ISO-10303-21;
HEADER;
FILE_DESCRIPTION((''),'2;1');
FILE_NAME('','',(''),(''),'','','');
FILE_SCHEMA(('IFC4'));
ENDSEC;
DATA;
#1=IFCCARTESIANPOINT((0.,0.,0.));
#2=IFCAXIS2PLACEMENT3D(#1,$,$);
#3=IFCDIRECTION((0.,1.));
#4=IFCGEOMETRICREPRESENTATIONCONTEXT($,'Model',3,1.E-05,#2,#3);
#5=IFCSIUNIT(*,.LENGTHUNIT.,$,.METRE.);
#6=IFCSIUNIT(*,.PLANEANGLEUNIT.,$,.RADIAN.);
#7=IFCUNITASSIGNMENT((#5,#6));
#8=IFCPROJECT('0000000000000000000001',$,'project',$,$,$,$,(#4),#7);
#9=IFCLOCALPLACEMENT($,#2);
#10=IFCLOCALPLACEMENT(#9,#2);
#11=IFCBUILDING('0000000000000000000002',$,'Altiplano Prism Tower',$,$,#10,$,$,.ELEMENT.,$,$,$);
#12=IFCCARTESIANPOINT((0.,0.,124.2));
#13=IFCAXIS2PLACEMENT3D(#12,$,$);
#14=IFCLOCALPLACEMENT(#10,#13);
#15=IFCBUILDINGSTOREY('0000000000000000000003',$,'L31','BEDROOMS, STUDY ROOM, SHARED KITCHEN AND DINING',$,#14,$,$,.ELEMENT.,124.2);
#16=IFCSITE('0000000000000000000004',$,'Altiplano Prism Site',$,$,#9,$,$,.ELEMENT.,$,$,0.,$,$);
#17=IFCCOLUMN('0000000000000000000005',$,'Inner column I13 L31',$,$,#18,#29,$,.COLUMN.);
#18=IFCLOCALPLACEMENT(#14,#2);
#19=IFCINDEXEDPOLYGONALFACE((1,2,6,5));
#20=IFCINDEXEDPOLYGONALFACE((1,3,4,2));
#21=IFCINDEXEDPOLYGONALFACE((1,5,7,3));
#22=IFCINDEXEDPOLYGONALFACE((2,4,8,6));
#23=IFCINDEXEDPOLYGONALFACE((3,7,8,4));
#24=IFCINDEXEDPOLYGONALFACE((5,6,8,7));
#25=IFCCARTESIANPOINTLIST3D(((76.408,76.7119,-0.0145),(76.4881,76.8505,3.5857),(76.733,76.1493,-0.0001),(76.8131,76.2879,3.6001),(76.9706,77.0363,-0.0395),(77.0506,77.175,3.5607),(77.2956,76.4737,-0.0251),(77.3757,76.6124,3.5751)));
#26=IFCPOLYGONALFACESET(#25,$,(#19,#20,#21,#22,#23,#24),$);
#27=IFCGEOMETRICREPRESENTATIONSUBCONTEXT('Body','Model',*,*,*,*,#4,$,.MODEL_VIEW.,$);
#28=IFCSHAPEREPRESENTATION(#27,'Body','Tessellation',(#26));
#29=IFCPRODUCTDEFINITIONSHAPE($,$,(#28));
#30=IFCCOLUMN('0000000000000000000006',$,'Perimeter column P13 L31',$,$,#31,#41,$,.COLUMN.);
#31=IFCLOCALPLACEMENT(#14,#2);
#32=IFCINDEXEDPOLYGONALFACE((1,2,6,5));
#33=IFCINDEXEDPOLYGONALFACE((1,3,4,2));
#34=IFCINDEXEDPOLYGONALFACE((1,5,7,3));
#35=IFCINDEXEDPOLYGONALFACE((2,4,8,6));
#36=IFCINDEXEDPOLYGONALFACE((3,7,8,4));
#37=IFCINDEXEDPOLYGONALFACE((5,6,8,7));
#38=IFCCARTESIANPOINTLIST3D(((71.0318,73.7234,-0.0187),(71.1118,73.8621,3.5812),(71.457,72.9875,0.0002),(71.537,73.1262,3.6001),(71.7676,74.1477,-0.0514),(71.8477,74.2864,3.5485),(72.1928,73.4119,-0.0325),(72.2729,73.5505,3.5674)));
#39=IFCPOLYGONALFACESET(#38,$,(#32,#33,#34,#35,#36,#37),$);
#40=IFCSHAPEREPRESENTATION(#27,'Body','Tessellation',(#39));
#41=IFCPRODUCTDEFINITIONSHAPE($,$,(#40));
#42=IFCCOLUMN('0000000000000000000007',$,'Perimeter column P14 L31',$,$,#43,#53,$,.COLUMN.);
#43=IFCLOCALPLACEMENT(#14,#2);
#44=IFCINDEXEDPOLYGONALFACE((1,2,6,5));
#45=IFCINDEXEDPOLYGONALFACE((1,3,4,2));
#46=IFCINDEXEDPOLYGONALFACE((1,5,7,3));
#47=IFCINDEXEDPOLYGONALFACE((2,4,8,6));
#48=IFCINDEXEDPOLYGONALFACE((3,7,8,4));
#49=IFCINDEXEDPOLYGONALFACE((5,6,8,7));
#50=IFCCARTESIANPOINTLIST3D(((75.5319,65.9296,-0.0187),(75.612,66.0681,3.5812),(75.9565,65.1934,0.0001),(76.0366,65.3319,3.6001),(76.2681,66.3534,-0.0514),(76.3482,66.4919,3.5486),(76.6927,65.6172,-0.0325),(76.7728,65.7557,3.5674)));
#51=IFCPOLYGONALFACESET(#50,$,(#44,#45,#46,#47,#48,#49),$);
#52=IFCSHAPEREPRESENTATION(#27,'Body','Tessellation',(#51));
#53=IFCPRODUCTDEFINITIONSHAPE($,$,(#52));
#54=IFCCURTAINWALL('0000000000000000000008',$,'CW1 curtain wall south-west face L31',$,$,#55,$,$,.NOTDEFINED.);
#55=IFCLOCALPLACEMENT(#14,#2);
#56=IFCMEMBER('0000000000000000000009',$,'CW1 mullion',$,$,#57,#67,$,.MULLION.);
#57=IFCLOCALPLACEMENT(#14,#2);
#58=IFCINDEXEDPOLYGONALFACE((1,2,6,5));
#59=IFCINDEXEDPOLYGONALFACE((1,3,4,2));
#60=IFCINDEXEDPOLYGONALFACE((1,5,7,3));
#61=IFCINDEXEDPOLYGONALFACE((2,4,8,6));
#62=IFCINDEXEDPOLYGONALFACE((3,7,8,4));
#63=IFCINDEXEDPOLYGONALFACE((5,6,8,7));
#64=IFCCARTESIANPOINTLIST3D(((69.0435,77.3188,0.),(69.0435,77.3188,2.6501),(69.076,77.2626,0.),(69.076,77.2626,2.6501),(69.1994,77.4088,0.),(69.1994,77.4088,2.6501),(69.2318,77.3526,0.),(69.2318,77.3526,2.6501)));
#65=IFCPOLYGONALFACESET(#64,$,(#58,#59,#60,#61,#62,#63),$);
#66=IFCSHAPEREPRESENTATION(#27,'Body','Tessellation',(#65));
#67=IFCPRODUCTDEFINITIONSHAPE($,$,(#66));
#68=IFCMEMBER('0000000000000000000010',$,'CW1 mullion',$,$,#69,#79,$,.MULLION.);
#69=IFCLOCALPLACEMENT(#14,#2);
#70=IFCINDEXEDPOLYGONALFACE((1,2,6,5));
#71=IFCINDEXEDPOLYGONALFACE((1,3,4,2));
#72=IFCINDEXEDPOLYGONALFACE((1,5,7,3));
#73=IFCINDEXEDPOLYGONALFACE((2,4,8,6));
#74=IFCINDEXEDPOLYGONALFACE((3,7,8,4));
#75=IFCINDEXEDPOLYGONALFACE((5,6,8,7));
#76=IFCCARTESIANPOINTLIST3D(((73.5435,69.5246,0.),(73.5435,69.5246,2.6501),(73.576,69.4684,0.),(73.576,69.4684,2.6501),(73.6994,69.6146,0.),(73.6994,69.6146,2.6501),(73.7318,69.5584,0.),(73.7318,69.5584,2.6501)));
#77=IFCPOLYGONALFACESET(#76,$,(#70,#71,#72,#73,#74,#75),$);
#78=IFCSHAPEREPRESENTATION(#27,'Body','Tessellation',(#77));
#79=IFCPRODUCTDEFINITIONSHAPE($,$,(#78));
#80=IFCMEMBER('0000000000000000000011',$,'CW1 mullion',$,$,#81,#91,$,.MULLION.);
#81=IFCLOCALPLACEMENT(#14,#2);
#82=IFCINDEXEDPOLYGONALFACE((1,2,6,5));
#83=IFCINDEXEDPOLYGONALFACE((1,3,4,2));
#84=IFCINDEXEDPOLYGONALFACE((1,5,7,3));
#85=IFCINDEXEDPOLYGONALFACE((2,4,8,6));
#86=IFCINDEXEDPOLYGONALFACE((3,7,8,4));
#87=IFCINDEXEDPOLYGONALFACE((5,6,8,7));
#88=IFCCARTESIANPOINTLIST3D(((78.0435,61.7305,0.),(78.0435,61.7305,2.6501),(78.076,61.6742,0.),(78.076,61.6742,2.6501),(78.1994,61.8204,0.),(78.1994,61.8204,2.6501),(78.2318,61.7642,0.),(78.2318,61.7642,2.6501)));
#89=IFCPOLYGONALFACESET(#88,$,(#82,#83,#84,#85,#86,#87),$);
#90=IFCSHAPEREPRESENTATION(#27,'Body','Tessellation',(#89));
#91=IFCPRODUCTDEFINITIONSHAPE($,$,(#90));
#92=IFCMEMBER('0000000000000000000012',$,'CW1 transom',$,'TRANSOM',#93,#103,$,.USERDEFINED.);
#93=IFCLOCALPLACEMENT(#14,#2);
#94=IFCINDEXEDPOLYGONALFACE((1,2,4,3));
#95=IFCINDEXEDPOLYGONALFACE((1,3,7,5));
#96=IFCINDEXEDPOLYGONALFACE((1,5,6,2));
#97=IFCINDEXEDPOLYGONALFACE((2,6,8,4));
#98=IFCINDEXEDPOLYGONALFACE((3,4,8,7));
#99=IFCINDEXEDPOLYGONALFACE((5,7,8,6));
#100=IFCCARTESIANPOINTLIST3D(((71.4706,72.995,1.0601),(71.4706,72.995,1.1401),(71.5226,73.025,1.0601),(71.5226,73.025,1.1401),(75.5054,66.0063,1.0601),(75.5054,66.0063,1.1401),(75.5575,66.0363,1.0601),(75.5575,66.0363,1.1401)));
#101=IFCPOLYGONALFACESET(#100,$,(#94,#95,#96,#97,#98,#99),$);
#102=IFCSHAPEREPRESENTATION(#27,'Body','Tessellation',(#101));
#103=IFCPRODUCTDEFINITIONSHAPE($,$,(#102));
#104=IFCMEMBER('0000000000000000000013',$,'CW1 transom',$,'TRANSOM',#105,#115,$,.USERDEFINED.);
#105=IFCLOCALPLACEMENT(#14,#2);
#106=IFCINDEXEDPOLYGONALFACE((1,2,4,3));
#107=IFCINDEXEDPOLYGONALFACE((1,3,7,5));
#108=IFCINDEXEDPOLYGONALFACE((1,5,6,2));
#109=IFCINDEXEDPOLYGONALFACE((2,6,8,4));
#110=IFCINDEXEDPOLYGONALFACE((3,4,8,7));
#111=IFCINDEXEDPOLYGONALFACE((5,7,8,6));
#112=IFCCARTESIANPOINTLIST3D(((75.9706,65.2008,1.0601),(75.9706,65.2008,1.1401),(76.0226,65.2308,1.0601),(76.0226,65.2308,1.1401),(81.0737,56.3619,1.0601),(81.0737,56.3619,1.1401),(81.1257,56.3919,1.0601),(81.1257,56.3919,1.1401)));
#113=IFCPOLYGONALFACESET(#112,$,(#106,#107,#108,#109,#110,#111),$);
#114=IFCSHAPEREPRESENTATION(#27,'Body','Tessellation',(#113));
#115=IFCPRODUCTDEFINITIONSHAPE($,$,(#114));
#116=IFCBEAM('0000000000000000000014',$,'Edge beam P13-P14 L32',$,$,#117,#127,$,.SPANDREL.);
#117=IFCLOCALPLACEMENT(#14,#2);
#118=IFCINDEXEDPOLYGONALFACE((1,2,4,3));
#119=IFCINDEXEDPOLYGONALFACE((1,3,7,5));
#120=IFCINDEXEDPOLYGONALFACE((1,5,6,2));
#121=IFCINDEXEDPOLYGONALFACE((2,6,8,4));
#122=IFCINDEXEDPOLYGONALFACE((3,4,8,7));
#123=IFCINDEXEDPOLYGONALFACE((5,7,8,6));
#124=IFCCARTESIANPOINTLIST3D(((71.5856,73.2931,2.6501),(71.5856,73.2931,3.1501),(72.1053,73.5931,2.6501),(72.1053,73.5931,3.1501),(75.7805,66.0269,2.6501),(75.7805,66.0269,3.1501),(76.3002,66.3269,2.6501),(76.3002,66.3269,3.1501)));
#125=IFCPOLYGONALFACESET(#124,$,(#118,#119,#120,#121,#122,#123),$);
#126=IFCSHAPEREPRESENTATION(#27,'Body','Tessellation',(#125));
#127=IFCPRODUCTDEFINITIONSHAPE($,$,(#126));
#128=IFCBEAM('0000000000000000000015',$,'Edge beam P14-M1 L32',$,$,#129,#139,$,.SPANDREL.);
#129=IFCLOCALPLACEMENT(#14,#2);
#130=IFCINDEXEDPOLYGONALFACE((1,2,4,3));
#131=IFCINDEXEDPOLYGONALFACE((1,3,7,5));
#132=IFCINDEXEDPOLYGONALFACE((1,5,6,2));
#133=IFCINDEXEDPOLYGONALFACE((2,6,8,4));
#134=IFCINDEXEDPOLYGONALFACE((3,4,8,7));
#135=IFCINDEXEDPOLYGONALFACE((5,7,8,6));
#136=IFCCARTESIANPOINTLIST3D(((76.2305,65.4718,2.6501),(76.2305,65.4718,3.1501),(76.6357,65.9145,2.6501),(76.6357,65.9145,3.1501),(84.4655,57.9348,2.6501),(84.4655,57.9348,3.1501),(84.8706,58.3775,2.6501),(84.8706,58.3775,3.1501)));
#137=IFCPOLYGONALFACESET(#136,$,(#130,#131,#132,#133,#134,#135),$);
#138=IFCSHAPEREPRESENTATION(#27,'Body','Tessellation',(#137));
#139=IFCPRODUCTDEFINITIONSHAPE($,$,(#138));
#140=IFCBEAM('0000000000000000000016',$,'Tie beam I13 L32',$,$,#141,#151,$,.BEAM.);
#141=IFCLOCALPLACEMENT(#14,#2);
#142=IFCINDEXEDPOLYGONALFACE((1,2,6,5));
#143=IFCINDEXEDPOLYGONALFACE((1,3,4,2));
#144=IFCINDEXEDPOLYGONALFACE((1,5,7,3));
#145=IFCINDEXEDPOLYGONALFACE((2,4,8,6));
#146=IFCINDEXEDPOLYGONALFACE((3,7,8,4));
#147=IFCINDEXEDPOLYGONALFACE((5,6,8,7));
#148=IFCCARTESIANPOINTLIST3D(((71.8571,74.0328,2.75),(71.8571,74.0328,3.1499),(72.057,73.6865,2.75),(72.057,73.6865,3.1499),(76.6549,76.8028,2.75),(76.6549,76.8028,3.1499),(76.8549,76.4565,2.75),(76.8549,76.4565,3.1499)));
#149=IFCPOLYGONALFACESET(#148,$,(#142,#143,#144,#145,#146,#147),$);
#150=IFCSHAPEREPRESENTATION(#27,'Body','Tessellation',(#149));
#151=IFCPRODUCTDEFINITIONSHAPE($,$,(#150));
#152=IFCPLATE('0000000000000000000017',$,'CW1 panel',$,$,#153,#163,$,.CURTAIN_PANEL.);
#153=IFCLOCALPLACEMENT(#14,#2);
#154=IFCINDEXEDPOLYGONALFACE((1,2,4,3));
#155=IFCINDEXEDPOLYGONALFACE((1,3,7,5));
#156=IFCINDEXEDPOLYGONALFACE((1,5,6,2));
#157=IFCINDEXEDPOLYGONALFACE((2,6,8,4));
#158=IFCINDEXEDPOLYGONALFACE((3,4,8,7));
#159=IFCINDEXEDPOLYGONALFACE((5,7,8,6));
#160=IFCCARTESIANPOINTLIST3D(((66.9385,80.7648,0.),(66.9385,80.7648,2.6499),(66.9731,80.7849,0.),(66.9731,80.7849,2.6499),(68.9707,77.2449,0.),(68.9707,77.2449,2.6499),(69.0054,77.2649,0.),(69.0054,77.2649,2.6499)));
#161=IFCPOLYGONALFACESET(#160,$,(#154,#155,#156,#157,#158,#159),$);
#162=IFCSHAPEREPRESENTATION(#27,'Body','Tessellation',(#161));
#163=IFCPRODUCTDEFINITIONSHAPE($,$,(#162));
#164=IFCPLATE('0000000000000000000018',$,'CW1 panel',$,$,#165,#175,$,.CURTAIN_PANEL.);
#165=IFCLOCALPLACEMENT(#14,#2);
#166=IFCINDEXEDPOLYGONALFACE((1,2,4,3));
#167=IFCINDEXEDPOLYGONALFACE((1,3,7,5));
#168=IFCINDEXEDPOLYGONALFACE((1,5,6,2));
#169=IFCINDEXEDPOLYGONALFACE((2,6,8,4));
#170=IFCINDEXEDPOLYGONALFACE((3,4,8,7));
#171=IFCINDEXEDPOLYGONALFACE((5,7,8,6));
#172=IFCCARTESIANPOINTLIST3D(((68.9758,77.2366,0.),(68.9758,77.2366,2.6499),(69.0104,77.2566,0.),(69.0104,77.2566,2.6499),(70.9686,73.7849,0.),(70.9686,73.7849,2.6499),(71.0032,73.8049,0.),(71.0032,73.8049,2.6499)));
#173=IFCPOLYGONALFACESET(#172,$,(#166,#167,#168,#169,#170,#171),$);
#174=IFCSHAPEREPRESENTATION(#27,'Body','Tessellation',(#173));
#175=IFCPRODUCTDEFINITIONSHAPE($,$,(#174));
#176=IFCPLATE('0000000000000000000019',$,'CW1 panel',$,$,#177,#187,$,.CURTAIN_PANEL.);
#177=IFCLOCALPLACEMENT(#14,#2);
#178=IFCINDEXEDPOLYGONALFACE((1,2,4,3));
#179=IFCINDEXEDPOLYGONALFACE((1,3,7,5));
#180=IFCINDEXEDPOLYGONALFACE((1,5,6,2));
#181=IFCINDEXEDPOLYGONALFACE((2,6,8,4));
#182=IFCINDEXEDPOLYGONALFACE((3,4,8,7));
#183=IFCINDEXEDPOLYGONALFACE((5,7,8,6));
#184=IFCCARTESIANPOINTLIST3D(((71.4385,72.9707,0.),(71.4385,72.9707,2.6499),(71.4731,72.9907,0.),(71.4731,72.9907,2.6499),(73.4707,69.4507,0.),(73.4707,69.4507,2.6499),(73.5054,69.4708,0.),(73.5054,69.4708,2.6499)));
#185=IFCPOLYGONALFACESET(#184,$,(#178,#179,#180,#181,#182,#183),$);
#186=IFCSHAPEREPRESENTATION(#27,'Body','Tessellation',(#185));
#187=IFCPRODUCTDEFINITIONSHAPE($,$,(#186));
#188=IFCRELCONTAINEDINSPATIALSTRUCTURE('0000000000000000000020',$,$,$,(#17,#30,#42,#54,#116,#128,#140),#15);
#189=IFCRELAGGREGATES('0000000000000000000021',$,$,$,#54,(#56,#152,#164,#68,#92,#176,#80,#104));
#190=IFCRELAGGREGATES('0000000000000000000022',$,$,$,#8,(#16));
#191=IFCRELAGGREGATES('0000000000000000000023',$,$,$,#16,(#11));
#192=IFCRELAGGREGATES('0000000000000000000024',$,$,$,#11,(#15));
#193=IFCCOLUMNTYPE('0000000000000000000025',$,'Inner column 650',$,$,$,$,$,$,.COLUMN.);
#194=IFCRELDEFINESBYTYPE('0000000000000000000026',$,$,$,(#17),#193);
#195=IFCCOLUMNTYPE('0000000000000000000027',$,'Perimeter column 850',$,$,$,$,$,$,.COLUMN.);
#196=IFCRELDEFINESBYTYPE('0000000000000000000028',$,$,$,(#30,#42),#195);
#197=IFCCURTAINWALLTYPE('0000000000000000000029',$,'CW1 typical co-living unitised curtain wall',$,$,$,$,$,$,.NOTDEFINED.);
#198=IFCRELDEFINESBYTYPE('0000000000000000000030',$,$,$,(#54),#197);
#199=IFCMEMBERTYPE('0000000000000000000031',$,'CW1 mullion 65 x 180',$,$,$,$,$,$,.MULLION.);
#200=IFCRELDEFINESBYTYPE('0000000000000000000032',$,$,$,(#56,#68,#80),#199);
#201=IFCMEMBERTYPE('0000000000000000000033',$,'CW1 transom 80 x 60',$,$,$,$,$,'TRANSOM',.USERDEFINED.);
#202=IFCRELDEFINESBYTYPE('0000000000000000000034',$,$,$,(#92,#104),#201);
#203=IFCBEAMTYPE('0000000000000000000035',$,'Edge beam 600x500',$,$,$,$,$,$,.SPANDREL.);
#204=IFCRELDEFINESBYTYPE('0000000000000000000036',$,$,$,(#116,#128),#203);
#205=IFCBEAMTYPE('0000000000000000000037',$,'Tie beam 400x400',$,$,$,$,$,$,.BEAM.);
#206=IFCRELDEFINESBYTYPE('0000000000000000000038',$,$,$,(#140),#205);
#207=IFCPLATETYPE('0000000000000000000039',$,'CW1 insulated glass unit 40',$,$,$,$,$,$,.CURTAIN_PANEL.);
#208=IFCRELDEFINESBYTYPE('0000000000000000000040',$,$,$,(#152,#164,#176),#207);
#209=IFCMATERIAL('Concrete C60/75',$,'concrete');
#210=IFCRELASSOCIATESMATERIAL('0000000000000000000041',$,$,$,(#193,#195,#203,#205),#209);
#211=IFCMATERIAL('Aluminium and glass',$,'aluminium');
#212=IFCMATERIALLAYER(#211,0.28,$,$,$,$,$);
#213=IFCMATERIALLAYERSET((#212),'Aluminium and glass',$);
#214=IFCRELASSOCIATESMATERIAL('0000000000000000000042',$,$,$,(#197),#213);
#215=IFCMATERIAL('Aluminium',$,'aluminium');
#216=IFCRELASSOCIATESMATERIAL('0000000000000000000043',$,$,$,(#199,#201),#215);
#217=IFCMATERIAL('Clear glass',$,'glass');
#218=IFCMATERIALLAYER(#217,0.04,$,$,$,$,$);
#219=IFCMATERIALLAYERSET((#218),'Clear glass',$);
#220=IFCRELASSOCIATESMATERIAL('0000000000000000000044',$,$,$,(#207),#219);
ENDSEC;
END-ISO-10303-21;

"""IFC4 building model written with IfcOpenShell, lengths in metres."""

from ifc_helpers import new_model, si_unit, direction, frame, origin, origin_2d, place, context, subcontext, project, spatial, rectangle, extrude, material, layer, layer_set, material_profile, profile_set, type_object, element, aggregate, save


model = new_model("IFC4")

# Units and contexts
model_context = context("Model", 3, precision=1e-05, world=origin(), true_north=direction((0.0, 1.0)))
body_context = subcontext(model_context, "Body", "Model", "MODEL_VIEW")
ifc_project = project(units=[si_unit("LENGTHUNIT", "METRE"), si_unit("PLANEANGLEUNIT", "RADIAN")], contexts=[model_context])

# Site, building, storey
site_placement = place(None, origin())
site = spatial("IfcSite", under=ifc_project, at=site_placement, Name="Altiplano Prism Site", CompositionType="ELEMENT", RefElevation=0.0)
building_placement = place(site_placement, origin())
building = spatial("IfcBuilding", under=site, at=building_placement, Name="Altiplano Prism Tower", CompositionType="ELEMENT")
storey_placement = place(building_placement, frame((0.0, 0.0, 124.2)))
storey = spatial("IfcBuildingStorey", under=building, at=storey_placement, Name="L31", Description="BEDROOMS, STUDY ROOM, SHARED KITCHEN AND DINING", CompositionType="ELEMENT", Elevation=124.2)

# Columns
ifc_material_1 = material(Name="Concrete C60/75", Category="concrete")
ifc_material_profile_1 = material_profile(ifc_material_1, rectangle(XDim=0.6499, YDim=0.6499, at=origin_2d()), Name="Inner column 650")
ifc_profile_set_1 = profile_set([ifc_material_profile_1], Name="Concrete C60/75")
column_type_1 = type_object("IfcColumnType", Name="Inner column 650", PredefinedType="COLUMN", material=ifc_profile_set_1)
column_placement = place(storey_placement, frame((76.8518, 76.5928, -0.0198), z_axis=(0.022221, 0.038481, 0.999012), x_axis=(-0.865642, -0.499182, 0.038483)))
element("IfcColumn", 1, at=column_placement, inside=storey, type_object=column_type_1, Name="Inner column I13 L31", PredefinedType="COLUMN", context=body_context, shape_type="SweptSolid", body=[
    extrude(rectangle(XDim=0.6499, YDim=0.6499, at=origin_2d()), origin(), (0.0, 0.0, 1.0), 3.6038),
])
ifc_material_profile_2 = material_profile(ifc_material_1, rectangle(XDim=0.8501, YDim=0.8501, at=origin_2d()), Name="Perimeter column 850")
ifc_profile_set_2 = profile_set([ifc_material_profile_2], Name="Concrete C60/75")
column_type_2 = type_object("IfcColumnType", Name="Perimeter column 850", PredefinedType="COLUMN", material=ifc_profile_set_2)
for number, where, z_axis, x_axis, name in (
    (2, (71.6123, 73.5676, -0.0256), (0.022223, 0.038483, 0.999012), (-0.865642, -0.499182, 0.038485), "Perimeter column P13 L31"),
    (3, (76.1123, 65.7734, -0.0256), (0.022223, 0.038416, 0.999015), (-0.866026, -0.49852, 0.038435), "Perimeter column P14 L31"),
):
    element("IfcColumn", number, at=place(storey_placement, frame(where, z_axis=z_axis, x_axis=x_axis)), inside=storey, type_object=column_type_2, Name=name, PredefinedType="COLUMN", context=body_context, shape_type="SweptSolid", body=[
        extrude(rectangle(XDim=0.8501, YDim=0.8501, at=origin_2d()), origin(), (0.0, 0.0, 1.0), 3.6035),
    ])

# Curtain wall, members
ifc_material_2 = material(Name="Aluminium and glass", Category="aluminium")
ifc_layer_1 = layer(ifc_material_2, 0.28)
ifc_layer_set_1 = layer_set([ifc_layer_1], Name="Aluminium and glass")
curtain_wall_type = type_object("IfcCurtainWallType", Name="CW1 typical co-living unitised curtain wall", PredefinedType="NOTDEFINED", material=ifc_layer_set_1)
curtain_wall_placement = place(storey_placement, origin())
curtain_wall = element("IfcCurtainWall", 4, at=curtain_wall_placement, inside=storey, type_object=curtain_wall_type, Name="CW1 curtain wall south-west face L31", PredefinedType="NOTDEFINED")
ifc_material_3 = material(Name="Aluminium", Category="aluminium")
ifc_material_profile_3 = material_profile(ifc_material_3, rectangle(XDim=0.1799, YDim=0.0649, at=origin_2d()), Name="CW1 mullion 65 x 180")
ifc_profile_set_3 = profile_set([ifc_material_profile_3], Name="Aluminium")
member_type_1 = type_object("IfcMemberType", Name="CW1 mullion 65 x 180", PredefinedType="MULLION", material=ifc_profile_set_3)
member_1_placement = place(storey_placement, frame((69.1377, 77.3357, 0.0), z_axis=(0.0, 0.0, 1.0), x_axis=(0.866025, 0.5, 0.0)))
member_1 = element("IfcMember", 5, at=member_1_placement, type_object=member_type_1, Name="CW1 mullion", PredefinedType="MULLION", context=body_context, shape_type="SweptSolid", body=[
    extrude(rectangle(XDim=0.1799, YDim=0.0649, at=origin_2d()), origin(), (0.0, 0.0, 1.0), 2.6501),
])
member_2_placement = place(storey_placement, frame((73.6377, 69.5415, 0.0), z_axis=(0.0, 0.0, 1.0), x_axis=(0.866025, 0.5, 0.0)))
member_2 = element("IfcMember", 6, at=member_2_placement, type_object=member_type_1, Name="CW1 mullion", PredefinedType="MULLION", context=body_context, shape_type="SweptSolid", body=[
    extrude(rectangle(XDim=0.1799, YDim=0.0649, at=origin_2d()), origin(), (0.0, 0.0, 1.0), 2.6501),
])
member_3_placement = place(storey_placement, frame((78.1377, 61.7473, 0.0), z_axis=(0.0, 0.0, 1.0), x_axis=(0.866025, 0.5, 0.0)))
member_3 = element("IfcMember", 7, at=member_3_placement, type_object=member_type_1, Name="CW1 mullion", PredefinedType="MULLION", context=body_context, shape_type="SweptSolid", body=[
    extrude(rectangle(XDim=0.1799, YDim=0.0649, at=origin_2d()), origin(), (0.0, 0.0, 1.0), 2.6501),
])
ifc_material_profile_4 = material_profile(ifc_material_3, rectangle(XDim=0.0601, YDim=0.0801, at=origin_2d()), Name="CW1 transom 80 x 60")
ifc_profile_set_4 = profile_set([ifc_material_profile_4], Name="Aluminium")
member_type_2 = type_object("IfcMemberType", Name="CW1 transom 80 x 60", ElementType="TRANSOM", PredefinedType="USERDEFINED", material=ifc_profile_set_4)
member_4_placement = place(storey_placement, frame((71.4966, 73.01, 1.1001), z_axis=(0.499995, -0.866028, 0.0), x_axis=(0.866028, 0.499995, 0.0)))
member_4 = element("IfcMember", 8, at=member_4_placement, type_object=member_type_2, Name="CW1 transom", ObjectType="TRANSOM", PredefinedType="USERDEFINED", context=body_context, shape_type="SweptSolid", body=[
    extrude(rectangle(XDim=0.0601, YDim=0.0801, at=origin_2d()), origin(), (0.0, 0.0, 1.0), 8.0698),
])
member_5_placement = place(storey_placement, frame((75.9966, 65.2158, 1.1001), z_axis=(0.499993, -0.866029, 0.0), x_axis=(0.866029, 0.499993, 0.0)))
member_5 = element("IfcMember", 9, at=member_5_placement, type_object=member_type_2, Name="CW1 transom", ObjectType="TRANSOM", PredefinedType="USERDEFINED", context=body_context, shape_type="SweptSolid", body=[
    extrude(rectangle(XDim=0.0601, YDim=0.0801, at=origin_2d()), origin(), (0.0, 0.0, 1.0), 10.2063),
])

# Beams
ifc_material_profile_5 = material_profile(ifc_material_1, rectangle(XDim=0.6001, YDim=0.5, at=origin_2d()), Name="Edge beam 600x500")
ifc_profile_set_5 = profile_set([ifc_material_profile_5], Name="Concrete C60/75")
beam_type_1 = type_object("IfcBeamType", Name="Edge beam 600x500", PredefinedType="SPANDREL", material=ifc_profile_set_5)
beam_1_placement = place(storey_placement, frame((71.8455, 73.4431, 2.9001), z_axis=(0.499976, -0.866039, 0.0), x_axis=(0.866039, 0.499976, 0.0)))
element("IfcBeam", 10, at=beam_1_placement, inside=storey, type_object=beam_type_1, Name="Edge beam P13-P14 L32", PredefinedType="SPANDREL", context=body_context, shape_type="SweptSolid", body=[
    extrude(rectangle(XDim=0.6001, YDim=0.5, at=origin_2d()), origin(), (0.0, 0.0, 1.0), 8.3901),
])
beam_2_placement = place(storey_placement, frame((76.4331, 65.6931, 2.9001), z_axis=(0.737679, -0.675152, 0.0), x_axis=(0.675152, 0.737679, 0.0)))
element("IfcBeam", 11, at=beam_2_placement, inside=storey, type_object=beam_type_1, Name="Edge beam P14-M1 L32", PredefinedType="SPANDREL", context=body_context, shape_type="SweptSolid", body=[
    extrude(rectangle(XDim=0.6001, YDim=0.5, at=origin_2d()), origin(), (0.0, 0.0, 1.0), 11.1633),
])
ifc_material_profile_6 = material_profile(ifc_material_1, rectangle(XDim=0.3999, YDim=0.3999, at=origin_2d()), Name="Tie beam 400x400")
ifc_profile_set_6 = profile_set([ifc_material_profile_6], Name="Concrete C60/75")
beam_type_2 = type_object("IfcBeamType", Name="Tie beam 400x400", PredefinedType="BEAM", material=ifc_profile_set_6)
beam_3_placement = place(storey_placement, frame((76.7549, 76.6296, 2.95), z_axis=(-0.866027, -0.499997, 0.0), x_axis=(0.499997, -0.866027, 0.0)))
element("IfcBeam", 12, at=beam_3_placement, inside=storey, type_object=beam_type_2, Name="Tie beam I13 L32", PredefinedType="BEAM", context=body_context, shape_type="SweptSolid", body=[
    extrude(rectangle(XDim=0.3999, YDim=0.3999, at=origin_2d()), origin(), (0.0, 0.0, 1.0), 5.54),
])

# Plates
ifc_material_4 = material(Name="Clear glass", Category="glass")
ifc_layer_2 = layer(ifc_material_4, 0.04)
ifc_layer_set_2 = layer_set([ifc_layer_2], Name="Clear glass")
plate_type = type_object("IfcPlateType", Name="CW1 insulated glass unit 40", PredefinedType="CURTAIN_PANEL", material=ifc_layer_set_2)
plate_1_placement = place(storey_placement, frame((67.9719, 79.0149, 0.0), z_axis=(0.0, 0.0, 1.0), x_axis=(0.5, -0.866025, 0.0)))
plate_1 = element("IfcPlate", 13, at=plate_1_placement, type_object=plate_type, Name="CW1 panel", PredefinedType="CURTAIN_PANEL", context=body_context, shape_type="SweptSolid", body=[
    extrude(rectangle(XDim=4.0645, YDim=0.04, at=origin_2d()), origin(), (0.0, 0.0, 1.0), 2.6499),
])
plate_2_placement = place(storey_placement, frame((69.9895, 75.5208, 0.0), z_axis=(0.0, 0.0, 1.0), x_axis=(0.5, -0.866025, 0.0)))
plate_2 = element("IfcPlate", 14, at=plate_2_placement, type_object=plate_type, Name="CW1 panel", PredefinedType="CURTAIN_PANEL", context=body_context, shape_type="SweptSolid", body=[
    extrude(rectangle(XDim=3.9856, YDim=0.04, at=origin_2d()), origin(), (0.0, 0.0, 1.0), 2.6499),
])
plate_3_placement = place(storey_placement, frame((72.4719, 71.2207, 0.0), z_axis=(0.0, 0.0, 1.0), x_axis=(0.5, -0.866025, 0.0)))
plate_3 = element("IfcPlate", 15, at=plate_3_placement, type_object=plate_type, Name="CW1 panel", PredefinedType="CURTAIN_PANEL", context=body_context, shape_type="SweptSolid", body=[
    extrude(rectangle(XDim=4.0645, YDim=0.04, at=origin_2d()), origin(), (0.0, 0.0, 1.0), 2.6499),
])
aggregate(curtain_wall, [member_1, plate_1, plate_2, member_2, member_4, plate_3, member_3, member_5])

save(model, "model.ifc")
